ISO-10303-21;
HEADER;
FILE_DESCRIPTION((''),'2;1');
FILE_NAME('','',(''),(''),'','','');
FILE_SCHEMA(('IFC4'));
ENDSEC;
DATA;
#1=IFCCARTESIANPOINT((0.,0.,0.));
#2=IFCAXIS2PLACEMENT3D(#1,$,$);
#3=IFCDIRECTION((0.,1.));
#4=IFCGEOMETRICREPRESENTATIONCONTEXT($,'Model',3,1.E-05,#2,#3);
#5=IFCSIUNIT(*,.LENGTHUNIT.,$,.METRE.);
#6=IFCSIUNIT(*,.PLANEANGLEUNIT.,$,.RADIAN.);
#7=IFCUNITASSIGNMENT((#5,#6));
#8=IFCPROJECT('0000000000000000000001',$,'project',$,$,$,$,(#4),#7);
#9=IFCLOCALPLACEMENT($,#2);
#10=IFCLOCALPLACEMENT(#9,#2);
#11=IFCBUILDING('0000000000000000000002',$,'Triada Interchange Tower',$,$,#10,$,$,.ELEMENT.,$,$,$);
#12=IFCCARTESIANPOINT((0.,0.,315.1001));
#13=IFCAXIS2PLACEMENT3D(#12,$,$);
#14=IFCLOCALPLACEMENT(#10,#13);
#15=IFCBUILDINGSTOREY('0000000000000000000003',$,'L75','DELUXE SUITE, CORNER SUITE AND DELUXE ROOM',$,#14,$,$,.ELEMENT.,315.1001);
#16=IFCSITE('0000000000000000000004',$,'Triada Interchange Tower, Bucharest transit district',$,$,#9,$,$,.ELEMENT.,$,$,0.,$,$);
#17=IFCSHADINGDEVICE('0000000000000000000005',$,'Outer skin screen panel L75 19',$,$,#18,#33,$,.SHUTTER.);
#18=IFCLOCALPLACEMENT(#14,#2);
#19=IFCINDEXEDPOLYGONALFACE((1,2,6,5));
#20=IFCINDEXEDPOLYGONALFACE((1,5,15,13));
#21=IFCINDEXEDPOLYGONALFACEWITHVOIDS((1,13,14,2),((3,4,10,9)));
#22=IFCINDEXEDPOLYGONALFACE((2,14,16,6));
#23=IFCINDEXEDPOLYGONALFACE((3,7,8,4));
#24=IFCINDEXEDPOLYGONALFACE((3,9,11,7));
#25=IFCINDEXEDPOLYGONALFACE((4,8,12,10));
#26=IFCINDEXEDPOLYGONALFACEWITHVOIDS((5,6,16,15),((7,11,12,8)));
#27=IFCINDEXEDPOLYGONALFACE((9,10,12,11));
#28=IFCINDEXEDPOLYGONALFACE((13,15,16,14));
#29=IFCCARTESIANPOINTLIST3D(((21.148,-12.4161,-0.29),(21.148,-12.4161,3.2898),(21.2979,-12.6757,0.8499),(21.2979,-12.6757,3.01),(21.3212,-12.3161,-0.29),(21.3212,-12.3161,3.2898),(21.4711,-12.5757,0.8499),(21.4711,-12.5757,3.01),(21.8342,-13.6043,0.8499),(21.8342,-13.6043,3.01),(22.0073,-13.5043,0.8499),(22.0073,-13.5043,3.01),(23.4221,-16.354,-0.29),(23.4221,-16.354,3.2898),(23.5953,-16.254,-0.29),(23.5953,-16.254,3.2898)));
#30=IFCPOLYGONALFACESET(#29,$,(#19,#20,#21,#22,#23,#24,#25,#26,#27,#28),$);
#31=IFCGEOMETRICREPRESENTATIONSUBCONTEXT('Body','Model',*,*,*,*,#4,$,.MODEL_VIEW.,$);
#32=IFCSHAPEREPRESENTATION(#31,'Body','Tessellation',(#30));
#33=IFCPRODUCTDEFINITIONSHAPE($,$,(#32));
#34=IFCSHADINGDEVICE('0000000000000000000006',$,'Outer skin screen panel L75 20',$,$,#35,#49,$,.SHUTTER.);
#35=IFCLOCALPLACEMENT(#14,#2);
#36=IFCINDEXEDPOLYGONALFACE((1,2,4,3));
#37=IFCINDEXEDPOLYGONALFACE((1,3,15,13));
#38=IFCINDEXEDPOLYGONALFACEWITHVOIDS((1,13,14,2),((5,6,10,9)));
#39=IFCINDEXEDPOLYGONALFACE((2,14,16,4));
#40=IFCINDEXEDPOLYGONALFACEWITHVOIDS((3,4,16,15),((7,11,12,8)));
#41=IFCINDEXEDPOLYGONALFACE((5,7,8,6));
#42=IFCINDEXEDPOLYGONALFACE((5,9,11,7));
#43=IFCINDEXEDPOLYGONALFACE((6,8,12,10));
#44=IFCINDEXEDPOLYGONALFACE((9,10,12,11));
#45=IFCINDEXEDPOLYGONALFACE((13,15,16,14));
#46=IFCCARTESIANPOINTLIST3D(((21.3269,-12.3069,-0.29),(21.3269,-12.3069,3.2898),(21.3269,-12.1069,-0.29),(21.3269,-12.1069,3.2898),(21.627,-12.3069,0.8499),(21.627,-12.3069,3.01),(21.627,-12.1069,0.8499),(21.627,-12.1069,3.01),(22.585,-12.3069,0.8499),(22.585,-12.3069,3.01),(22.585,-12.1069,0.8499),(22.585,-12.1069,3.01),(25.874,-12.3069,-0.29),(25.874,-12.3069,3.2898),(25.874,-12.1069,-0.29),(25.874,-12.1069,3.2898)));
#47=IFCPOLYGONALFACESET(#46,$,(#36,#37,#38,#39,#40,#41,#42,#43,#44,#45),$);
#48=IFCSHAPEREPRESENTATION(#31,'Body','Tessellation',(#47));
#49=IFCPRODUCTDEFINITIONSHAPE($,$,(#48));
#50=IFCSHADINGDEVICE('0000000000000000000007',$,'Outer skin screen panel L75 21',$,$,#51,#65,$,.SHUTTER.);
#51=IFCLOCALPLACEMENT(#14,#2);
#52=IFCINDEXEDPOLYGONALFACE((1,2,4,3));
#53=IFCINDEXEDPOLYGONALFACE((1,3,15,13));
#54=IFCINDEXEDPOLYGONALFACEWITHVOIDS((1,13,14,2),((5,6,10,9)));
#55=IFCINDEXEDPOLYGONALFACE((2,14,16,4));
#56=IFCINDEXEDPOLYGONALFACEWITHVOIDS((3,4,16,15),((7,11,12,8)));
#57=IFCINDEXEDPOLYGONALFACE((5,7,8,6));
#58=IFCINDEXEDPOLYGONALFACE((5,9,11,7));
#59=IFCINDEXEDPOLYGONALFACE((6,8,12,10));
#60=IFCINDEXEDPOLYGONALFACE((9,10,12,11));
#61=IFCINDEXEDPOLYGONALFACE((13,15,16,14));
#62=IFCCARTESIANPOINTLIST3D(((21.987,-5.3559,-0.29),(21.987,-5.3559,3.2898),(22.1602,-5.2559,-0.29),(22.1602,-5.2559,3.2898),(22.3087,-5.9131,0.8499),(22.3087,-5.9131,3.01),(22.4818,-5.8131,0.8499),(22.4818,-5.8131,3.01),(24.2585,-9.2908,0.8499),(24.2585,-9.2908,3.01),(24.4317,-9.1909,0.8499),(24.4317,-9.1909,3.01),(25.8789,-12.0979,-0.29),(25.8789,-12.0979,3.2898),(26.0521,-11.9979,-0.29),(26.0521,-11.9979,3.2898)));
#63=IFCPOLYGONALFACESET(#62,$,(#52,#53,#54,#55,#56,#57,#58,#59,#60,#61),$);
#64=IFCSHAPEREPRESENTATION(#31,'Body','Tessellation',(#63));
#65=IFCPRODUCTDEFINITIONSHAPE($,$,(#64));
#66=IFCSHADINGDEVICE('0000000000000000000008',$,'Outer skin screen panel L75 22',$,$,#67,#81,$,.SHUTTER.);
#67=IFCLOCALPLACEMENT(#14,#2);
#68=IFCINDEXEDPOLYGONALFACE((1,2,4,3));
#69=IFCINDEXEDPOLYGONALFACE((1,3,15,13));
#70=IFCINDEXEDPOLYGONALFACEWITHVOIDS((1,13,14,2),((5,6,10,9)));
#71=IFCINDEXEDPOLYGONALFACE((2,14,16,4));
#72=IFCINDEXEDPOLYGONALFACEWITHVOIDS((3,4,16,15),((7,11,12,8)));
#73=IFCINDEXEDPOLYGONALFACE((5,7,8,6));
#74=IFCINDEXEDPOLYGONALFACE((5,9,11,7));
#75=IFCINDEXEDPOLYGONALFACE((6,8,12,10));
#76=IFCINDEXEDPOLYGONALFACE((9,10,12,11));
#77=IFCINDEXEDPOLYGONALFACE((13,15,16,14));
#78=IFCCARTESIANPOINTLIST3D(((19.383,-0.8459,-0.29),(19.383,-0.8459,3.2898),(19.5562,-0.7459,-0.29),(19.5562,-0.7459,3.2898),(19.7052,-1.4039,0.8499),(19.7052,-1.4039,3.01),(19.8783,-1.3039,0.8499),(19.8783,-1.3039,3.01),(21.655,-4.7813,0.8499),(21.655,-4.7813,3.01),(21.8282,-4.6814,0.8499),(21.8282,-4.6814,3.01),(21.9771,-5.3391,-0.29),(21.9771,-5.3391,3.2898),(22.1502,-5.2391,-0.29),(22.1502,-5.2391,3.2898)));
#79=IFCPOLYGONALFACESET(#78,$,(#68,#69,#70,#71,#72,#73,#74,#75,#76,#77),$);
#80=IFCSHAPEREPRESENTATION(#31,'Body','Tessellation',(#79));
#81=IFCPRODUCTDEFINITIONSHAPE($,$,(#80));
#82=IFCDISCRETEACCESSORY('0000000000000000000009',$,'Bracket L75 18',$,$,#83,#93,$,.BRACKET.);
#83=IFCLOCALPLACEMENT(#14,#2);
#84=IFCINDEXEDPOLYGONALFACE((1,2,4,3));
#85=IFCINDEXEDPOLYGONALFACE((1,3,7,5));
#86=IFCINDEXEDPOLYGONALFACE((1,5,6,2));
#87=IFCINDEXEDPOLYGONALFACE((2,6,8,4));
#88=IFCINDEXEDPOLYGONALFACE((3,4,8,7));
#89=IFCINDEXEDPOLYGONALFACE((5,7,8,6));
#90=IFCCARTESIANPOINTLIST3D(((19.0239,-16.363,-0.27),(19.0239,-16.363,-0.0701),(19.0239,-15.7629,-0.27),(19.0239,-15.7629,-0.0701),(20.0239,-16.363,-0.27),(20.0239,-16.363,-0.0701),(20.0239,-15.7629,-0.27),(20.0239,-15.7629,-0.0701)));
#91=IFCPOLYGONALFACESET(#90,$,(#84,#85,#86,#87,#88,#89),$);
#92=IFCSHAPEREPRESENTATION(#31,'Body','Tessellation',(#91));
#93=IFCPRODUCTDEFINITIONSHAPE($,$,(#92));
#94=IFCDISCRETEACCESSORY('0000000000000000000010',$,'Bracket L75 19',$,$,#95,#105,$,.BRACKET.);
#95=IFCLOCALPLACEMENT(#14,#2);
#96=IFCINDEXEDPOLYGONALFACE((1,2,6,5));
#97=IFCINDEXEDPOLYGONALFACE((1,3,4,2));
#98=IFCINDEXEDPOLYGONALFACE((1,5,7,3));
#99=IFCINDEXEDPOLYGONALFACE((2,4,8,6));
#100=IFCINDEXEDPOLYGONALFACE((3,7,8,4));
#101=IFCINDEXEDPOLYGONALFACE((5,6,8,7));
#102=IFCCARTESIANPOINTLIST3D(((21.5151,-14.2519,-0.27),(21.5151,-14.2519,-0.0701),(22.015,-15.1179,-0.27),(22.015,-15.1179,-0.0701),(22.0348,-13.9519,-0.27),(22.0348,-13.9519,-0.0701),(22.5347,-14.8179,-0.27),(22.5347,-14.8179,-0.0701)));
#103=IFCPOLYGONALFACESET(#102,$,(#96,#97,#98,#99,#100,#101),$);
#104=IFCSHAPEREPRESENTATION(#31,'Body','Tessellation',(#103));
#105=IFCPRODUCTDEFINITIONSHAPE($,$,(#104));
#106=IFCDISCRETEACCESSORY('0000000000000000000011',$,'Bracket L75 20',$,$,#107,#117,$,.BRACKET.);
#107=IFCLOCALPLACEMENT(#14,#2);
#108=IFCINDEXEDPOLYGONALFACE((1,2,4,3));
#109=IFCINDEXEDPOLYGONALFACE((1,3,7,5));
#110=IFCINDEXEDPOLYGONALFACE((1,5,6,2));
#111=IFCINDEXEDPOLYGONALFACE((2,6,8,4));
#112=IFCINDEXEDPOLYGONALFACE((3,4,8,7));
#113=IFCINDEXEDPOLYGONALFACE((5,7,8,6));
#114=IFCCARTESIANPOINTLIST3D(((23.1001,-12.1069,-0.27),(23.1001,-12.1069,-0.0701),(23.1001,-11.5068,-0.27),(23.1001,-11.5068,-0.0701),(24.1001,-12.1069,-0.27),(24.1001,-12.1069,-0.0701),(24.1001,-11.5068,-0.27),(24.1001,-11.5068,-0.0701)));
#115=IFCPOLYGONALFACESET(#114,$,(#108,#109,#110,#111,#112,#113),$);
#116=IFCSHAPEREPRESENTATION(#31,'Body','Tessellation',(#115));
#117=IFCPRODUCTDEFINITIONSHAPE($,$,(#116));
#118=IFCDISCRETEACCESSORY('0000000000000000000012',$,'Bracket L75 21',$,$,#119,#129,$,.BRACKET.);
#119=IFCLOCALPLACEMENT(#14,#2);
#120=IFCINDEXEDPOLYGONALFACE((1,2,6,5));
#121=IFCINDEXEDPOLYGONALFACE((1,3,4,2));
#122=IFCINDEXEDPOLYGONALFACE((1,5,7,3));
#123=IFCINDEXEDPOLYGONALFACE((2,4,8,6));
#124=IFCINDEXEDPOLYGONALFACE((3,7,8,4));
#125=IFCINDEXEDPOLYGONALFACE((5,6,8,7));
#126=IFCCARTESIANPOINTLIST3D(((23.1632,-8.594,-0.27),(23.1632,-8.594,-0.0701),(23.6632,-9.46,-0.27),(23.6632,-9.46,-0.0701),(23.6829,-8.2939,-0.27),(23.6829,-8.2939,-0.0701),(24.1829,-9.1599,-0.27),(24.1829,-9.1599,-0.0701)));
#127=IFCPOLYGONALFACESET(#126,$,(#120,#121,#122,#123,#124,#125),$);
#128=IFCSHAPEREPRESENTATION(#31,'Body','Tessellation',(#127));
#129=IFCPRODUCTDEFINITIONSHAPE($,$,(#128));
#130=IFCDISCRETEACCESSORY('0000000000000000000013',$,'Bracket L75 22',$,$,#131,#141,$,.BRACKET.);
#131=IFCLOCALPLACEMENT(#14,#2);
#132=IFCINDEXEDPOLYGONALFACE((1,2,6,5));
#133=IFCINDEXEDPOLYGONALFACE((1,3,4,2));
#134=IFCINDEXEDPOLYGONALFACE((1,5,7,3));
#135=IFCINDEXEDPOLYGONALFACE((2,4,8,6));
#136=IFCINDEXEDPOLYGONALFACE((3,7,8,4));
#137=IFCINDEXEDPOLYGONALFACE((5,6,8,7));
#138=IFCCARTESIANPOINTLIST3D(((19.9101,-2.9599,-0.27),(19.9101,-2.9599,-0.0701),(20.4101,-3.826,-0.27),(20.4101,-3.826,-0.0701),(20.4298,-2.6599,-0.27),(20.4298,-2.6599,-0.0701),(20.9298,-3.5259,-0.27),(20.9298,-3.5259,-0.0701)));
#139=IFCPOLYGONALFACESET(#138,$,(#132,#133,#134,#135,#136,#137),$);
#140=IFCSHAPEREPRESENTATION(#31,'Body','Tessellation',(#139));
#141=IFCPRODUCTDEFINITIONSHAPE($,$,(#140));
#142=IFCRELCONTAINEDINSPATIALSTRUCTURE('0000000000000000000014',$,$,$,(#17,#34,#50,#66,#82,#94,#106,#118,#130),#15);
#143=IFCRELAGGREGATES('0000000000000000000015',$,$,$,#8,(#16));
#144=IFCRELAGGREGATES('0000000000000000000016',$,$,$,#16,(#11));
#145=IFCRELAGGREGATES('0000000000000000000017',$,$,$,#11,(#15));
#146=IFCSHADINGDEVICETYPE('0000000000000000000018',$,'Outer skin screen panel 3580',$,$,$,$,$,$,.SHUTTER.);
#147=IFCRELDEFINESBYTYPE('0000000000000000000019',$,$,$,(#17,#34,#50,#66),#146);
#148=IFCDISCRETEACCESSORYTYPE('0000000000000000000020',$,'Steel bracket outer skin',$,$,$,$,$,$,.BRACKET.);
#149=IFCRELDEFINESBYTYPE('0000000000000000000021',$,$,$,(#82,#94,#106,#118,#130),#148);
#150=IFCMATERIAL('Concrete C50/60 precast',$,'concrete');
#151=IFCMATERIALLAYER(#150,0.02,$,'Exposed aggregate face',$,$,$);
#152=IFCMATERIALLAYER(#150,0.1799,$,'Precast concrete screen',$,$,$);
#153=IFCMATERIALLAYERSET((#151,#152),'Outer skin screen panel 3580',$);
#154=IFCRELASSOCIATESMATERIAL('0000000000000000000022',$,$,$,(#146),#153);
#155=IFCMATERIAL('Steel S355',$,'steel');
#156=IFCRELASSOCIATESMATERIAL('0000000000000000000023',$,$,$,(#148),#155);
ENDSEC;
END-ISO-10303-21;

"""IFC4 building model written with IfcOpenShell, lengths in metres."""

from ifc_helpers import new_model, si_unit, direction, frame, origin, origin_2d, place, context, subcontext, project, spatial, polyline, rectangle, outline, extrude, material, layer, layer_set, type_object, element, save


model = new_model("IFC4")

# Units and contexts
model_context = context("Model", 3, precision=1e-05, world=origin(), true_north=direction((0.0, 1.0)))
body_context = subcontext(model_context, "Body", "Model", "MODEL_VIEW")
ifc_project = project(units=[si_unit("LENGTHUNIT", "METRE"), si_unit("PLANEANGLEUNIT", "RADIAN")], contexts=[model_context])

# Site, building, storey
site_placement = place(None, origin())
site = spatial("IfcSite", under=ifc_project, at=site_placement, Name="Triada Interchange Tower, Bucharest transit district", CompositionType="ELEMENT", RefElevation=0.0)
building_placement = place(site_placement, origin())
building = spatial("IfcBuilding", under=site, at=building_placement, Name="Triada Interchange Tower", CompositionType="ELEMENT")
storey_placement = place(building_placement, frame((0.0, 0.0, 315.1001)))
storey = spatial("IfcBuildingStorey", under=building, at=storey_placement, Name="L75", Description="DELUXE SUITE, CORNER SUITE AND DELUXE ROOM", CompositionType="ELEMENT", Elevation=315.1001)

# Shading devices
ifc_material_1 = material(Name="Concrete C50/60 precast", Category="concrete")
ifc_layer_1 = layer(ifc_material_1, 0.02, Name="Exposed aggregate face")
ifc_layer_2 = layer(ifc_material_1, 0.1799, Name="Precast concrete screen")
ifc_layer_set_1 = layer_set([ifc_layer_1, ifc_layer_2], Name="Outer skin screen panel 3580")
shading_device_type = type_object("IfcShadingDeviceType", Name="Outer skin screen panel 3580", PredefinedType="SHUTTER", material=ifc_layer_set_1)
shading_device_1_placement = place(storey_placement, frame((23.4221, -16.354, -0.29), z_axis=(0.0, 0.0, 1.0), x_axis=(-0.500094, 0.865971, 0.0)))
element("IfcShadingDevice", 1, at=shading_device_1_placement, inside=storey, type_object=shading_device_type, Name="Outer skin screen panel L75 19", PredefinedType="SHUTTER", context=body_context, shape_type="SweptSolid", body=[
    extrude(outline(polyline([(0.0, 0.0), (4.5474, 0.0), (4.5474, 3.5798), (0.0, 3.5798), (0.0, 0.0)]), holes=[polyline([(3.1753, 1.1399), (3.1753, 3.3), (4.2476, 3.3), (4.2476, 1.1399), (3.1753, 1.1399)])]), frame((0.0, 0.0, 0.0), z_axis=(0.0, -1.0, 0.0), x_axis=(1.0, 0.0, 0.0)), (0.0, 0.0, 1.0), 0.2),
])
shading_device_2_placement = place(storey_placement, frame((21.3269, -12.1069, -0.29), z_axis=(0.0, 0.0, 1.0), x_axis=(1.0, 0.0, 0.0)))
element("IfcShadingDevice", 2, at=shading_device_2_placement, inside=storey, type_object=shading_device_type, Name="Outer skin screen panel L75 20", PredefinedType="SHUTTER", context=body_context, shape_type="SweptSolid", body=[
    extrude(outline(polyline([(0.0, 0.0), (4.5471, 0.0), (4.5471, 3.5798), (0.0, 3.5798), (0.0, 0.0)]), holes=[polyline([(0.3, 1.1399), (0.3, 3.3), (1.2581, 3.3), (1.2581, 1.1399), (0.3, 1.1399)])]), frame((0.0, 0.0, 0.0), z_axis=(0.0, -1.0, 0.0), x_axis=(1.0, 0.0, 0.0)), (0.0, 0.0, 1.0), 0.2),
])
shading_device_3_placement = place(storey_placement, frame((25.8789, -12.0979, -0.29), z_axis=(0.0, 0.0, 1.0), x_axis=(-0.499941, 0.86606, 0.0)))
element("IfcShadingDevice", 3, at=shading_device_3_placement, inside=storey, type_object=shading_device_type, Name="Outer skin screen panel L75 21", PredefinedType="SHUTTER", context=body_context, shape_type="SweptSolid", body=[
    extrude(outline(polyline([(0.0, 0.0), (7.7847, 0.0), (7.7847, 3.5798), (0.0, 3.5798), (0.0, 0.0)]), holes=[polyline([(3.2412, 1.1399), (3.2412, 3.3), (7.1414, 3.3), (7.1414, 1.1399), (3.2412, 1.1399)])]), frame((0.0, 0.0, 0.0), z_axis=(0.0, -1.0, 0.0), x_axis=(1.0, 0.0, 0.0)), (0.0, 0.0, 1.0), 0.2),
])
shading_device_4_placement = place(storey_placement, frame((21.9771, -5.3391, -0.29), z_axis=(0.0, 0.0, 1.0), x_axis=(-0.49998, 0.866037, 0.0)))
element("IfcShadingDevice", 4, at=shading_device_4_placement, inside=storey, type_object=shading_device_type, Name="Outer skin screen panel L75 22", PredefinedType="SHUTTER", context=body_context, shape_type="SweptSolid", body=[
    extrude(outline(polyline([(0.0, 0.0), (5.1882, 0.0), (5.1882, 3.5798), (0.0, 3.5798), (0.0, 0.0)]), holes=[polyline([(0.644, 1.1399), (0.644, 3.3), (4.5439, 3.3), (4.5439, 1.1399), (0.644, 1.1399)])]), frame((0.0, 0.0, 0.0), z_axis=(0.0, -1.0, 0.0), x_axis=(1.0, 0.0, 0.0)), (0.0, 0.0, 1.0), 0.2),
])

# Discrete accessories
ifc_material_2 = material(Name="Steel S355", Category="steel")
discrete_accessory_type = type_object("IfcDiscreteAccessoryType", Name="Steel bracket outer skin", PredefinedType="BRACKET", material=ifc_material_2)
for number, where, z_axis, x_axis, name in (
    (5, (19.5239, -16.063, -0.27), (0.0, 0.0, 1.0), (0.0, -1.0, 0.0), "Bracket L75 18"),
    (6, (22.0249, -14.5349, -0.27), (0.0, 0.0, 1.0), (0.866043, 0.499969, 0.0), "Bracket L75 19"),
    (7, (23.6001, -11.8069, -0.27), (0.0, 0.0, 1.0), (0.0, -1.0, 0.0), "Bracket L75 20"),
    (8, (23.6731, -8.877, -0.27), (0.0, 0.0, 1.0), (0.866025, 0.500001, 0.0), "Bracket L75 21"),
    (9, (20.4199, -3.2429, -0.27), (0.0, 0.0, 1.0), (0.866025, 0.500001, 0.0), "Bracket L75 22"),
):
    element("IfcDiscreteAccessory", number, at=place(storey_placement, frame(where, z_axis=z_axis, x_axis=x_axis)), inside=storey, type_object=discrete_accessory_type, Name=name, PredefinedType="BRACKET", context=body_context, shape_type="SweptSolid", body=[
        extrude(rectangle(XDim=0.6001, YDim=1.0, at=origin_2d()), origin(), (0.0, 0.0, 1.0), 0.2),
    ])

save(model, "model.ifc")
